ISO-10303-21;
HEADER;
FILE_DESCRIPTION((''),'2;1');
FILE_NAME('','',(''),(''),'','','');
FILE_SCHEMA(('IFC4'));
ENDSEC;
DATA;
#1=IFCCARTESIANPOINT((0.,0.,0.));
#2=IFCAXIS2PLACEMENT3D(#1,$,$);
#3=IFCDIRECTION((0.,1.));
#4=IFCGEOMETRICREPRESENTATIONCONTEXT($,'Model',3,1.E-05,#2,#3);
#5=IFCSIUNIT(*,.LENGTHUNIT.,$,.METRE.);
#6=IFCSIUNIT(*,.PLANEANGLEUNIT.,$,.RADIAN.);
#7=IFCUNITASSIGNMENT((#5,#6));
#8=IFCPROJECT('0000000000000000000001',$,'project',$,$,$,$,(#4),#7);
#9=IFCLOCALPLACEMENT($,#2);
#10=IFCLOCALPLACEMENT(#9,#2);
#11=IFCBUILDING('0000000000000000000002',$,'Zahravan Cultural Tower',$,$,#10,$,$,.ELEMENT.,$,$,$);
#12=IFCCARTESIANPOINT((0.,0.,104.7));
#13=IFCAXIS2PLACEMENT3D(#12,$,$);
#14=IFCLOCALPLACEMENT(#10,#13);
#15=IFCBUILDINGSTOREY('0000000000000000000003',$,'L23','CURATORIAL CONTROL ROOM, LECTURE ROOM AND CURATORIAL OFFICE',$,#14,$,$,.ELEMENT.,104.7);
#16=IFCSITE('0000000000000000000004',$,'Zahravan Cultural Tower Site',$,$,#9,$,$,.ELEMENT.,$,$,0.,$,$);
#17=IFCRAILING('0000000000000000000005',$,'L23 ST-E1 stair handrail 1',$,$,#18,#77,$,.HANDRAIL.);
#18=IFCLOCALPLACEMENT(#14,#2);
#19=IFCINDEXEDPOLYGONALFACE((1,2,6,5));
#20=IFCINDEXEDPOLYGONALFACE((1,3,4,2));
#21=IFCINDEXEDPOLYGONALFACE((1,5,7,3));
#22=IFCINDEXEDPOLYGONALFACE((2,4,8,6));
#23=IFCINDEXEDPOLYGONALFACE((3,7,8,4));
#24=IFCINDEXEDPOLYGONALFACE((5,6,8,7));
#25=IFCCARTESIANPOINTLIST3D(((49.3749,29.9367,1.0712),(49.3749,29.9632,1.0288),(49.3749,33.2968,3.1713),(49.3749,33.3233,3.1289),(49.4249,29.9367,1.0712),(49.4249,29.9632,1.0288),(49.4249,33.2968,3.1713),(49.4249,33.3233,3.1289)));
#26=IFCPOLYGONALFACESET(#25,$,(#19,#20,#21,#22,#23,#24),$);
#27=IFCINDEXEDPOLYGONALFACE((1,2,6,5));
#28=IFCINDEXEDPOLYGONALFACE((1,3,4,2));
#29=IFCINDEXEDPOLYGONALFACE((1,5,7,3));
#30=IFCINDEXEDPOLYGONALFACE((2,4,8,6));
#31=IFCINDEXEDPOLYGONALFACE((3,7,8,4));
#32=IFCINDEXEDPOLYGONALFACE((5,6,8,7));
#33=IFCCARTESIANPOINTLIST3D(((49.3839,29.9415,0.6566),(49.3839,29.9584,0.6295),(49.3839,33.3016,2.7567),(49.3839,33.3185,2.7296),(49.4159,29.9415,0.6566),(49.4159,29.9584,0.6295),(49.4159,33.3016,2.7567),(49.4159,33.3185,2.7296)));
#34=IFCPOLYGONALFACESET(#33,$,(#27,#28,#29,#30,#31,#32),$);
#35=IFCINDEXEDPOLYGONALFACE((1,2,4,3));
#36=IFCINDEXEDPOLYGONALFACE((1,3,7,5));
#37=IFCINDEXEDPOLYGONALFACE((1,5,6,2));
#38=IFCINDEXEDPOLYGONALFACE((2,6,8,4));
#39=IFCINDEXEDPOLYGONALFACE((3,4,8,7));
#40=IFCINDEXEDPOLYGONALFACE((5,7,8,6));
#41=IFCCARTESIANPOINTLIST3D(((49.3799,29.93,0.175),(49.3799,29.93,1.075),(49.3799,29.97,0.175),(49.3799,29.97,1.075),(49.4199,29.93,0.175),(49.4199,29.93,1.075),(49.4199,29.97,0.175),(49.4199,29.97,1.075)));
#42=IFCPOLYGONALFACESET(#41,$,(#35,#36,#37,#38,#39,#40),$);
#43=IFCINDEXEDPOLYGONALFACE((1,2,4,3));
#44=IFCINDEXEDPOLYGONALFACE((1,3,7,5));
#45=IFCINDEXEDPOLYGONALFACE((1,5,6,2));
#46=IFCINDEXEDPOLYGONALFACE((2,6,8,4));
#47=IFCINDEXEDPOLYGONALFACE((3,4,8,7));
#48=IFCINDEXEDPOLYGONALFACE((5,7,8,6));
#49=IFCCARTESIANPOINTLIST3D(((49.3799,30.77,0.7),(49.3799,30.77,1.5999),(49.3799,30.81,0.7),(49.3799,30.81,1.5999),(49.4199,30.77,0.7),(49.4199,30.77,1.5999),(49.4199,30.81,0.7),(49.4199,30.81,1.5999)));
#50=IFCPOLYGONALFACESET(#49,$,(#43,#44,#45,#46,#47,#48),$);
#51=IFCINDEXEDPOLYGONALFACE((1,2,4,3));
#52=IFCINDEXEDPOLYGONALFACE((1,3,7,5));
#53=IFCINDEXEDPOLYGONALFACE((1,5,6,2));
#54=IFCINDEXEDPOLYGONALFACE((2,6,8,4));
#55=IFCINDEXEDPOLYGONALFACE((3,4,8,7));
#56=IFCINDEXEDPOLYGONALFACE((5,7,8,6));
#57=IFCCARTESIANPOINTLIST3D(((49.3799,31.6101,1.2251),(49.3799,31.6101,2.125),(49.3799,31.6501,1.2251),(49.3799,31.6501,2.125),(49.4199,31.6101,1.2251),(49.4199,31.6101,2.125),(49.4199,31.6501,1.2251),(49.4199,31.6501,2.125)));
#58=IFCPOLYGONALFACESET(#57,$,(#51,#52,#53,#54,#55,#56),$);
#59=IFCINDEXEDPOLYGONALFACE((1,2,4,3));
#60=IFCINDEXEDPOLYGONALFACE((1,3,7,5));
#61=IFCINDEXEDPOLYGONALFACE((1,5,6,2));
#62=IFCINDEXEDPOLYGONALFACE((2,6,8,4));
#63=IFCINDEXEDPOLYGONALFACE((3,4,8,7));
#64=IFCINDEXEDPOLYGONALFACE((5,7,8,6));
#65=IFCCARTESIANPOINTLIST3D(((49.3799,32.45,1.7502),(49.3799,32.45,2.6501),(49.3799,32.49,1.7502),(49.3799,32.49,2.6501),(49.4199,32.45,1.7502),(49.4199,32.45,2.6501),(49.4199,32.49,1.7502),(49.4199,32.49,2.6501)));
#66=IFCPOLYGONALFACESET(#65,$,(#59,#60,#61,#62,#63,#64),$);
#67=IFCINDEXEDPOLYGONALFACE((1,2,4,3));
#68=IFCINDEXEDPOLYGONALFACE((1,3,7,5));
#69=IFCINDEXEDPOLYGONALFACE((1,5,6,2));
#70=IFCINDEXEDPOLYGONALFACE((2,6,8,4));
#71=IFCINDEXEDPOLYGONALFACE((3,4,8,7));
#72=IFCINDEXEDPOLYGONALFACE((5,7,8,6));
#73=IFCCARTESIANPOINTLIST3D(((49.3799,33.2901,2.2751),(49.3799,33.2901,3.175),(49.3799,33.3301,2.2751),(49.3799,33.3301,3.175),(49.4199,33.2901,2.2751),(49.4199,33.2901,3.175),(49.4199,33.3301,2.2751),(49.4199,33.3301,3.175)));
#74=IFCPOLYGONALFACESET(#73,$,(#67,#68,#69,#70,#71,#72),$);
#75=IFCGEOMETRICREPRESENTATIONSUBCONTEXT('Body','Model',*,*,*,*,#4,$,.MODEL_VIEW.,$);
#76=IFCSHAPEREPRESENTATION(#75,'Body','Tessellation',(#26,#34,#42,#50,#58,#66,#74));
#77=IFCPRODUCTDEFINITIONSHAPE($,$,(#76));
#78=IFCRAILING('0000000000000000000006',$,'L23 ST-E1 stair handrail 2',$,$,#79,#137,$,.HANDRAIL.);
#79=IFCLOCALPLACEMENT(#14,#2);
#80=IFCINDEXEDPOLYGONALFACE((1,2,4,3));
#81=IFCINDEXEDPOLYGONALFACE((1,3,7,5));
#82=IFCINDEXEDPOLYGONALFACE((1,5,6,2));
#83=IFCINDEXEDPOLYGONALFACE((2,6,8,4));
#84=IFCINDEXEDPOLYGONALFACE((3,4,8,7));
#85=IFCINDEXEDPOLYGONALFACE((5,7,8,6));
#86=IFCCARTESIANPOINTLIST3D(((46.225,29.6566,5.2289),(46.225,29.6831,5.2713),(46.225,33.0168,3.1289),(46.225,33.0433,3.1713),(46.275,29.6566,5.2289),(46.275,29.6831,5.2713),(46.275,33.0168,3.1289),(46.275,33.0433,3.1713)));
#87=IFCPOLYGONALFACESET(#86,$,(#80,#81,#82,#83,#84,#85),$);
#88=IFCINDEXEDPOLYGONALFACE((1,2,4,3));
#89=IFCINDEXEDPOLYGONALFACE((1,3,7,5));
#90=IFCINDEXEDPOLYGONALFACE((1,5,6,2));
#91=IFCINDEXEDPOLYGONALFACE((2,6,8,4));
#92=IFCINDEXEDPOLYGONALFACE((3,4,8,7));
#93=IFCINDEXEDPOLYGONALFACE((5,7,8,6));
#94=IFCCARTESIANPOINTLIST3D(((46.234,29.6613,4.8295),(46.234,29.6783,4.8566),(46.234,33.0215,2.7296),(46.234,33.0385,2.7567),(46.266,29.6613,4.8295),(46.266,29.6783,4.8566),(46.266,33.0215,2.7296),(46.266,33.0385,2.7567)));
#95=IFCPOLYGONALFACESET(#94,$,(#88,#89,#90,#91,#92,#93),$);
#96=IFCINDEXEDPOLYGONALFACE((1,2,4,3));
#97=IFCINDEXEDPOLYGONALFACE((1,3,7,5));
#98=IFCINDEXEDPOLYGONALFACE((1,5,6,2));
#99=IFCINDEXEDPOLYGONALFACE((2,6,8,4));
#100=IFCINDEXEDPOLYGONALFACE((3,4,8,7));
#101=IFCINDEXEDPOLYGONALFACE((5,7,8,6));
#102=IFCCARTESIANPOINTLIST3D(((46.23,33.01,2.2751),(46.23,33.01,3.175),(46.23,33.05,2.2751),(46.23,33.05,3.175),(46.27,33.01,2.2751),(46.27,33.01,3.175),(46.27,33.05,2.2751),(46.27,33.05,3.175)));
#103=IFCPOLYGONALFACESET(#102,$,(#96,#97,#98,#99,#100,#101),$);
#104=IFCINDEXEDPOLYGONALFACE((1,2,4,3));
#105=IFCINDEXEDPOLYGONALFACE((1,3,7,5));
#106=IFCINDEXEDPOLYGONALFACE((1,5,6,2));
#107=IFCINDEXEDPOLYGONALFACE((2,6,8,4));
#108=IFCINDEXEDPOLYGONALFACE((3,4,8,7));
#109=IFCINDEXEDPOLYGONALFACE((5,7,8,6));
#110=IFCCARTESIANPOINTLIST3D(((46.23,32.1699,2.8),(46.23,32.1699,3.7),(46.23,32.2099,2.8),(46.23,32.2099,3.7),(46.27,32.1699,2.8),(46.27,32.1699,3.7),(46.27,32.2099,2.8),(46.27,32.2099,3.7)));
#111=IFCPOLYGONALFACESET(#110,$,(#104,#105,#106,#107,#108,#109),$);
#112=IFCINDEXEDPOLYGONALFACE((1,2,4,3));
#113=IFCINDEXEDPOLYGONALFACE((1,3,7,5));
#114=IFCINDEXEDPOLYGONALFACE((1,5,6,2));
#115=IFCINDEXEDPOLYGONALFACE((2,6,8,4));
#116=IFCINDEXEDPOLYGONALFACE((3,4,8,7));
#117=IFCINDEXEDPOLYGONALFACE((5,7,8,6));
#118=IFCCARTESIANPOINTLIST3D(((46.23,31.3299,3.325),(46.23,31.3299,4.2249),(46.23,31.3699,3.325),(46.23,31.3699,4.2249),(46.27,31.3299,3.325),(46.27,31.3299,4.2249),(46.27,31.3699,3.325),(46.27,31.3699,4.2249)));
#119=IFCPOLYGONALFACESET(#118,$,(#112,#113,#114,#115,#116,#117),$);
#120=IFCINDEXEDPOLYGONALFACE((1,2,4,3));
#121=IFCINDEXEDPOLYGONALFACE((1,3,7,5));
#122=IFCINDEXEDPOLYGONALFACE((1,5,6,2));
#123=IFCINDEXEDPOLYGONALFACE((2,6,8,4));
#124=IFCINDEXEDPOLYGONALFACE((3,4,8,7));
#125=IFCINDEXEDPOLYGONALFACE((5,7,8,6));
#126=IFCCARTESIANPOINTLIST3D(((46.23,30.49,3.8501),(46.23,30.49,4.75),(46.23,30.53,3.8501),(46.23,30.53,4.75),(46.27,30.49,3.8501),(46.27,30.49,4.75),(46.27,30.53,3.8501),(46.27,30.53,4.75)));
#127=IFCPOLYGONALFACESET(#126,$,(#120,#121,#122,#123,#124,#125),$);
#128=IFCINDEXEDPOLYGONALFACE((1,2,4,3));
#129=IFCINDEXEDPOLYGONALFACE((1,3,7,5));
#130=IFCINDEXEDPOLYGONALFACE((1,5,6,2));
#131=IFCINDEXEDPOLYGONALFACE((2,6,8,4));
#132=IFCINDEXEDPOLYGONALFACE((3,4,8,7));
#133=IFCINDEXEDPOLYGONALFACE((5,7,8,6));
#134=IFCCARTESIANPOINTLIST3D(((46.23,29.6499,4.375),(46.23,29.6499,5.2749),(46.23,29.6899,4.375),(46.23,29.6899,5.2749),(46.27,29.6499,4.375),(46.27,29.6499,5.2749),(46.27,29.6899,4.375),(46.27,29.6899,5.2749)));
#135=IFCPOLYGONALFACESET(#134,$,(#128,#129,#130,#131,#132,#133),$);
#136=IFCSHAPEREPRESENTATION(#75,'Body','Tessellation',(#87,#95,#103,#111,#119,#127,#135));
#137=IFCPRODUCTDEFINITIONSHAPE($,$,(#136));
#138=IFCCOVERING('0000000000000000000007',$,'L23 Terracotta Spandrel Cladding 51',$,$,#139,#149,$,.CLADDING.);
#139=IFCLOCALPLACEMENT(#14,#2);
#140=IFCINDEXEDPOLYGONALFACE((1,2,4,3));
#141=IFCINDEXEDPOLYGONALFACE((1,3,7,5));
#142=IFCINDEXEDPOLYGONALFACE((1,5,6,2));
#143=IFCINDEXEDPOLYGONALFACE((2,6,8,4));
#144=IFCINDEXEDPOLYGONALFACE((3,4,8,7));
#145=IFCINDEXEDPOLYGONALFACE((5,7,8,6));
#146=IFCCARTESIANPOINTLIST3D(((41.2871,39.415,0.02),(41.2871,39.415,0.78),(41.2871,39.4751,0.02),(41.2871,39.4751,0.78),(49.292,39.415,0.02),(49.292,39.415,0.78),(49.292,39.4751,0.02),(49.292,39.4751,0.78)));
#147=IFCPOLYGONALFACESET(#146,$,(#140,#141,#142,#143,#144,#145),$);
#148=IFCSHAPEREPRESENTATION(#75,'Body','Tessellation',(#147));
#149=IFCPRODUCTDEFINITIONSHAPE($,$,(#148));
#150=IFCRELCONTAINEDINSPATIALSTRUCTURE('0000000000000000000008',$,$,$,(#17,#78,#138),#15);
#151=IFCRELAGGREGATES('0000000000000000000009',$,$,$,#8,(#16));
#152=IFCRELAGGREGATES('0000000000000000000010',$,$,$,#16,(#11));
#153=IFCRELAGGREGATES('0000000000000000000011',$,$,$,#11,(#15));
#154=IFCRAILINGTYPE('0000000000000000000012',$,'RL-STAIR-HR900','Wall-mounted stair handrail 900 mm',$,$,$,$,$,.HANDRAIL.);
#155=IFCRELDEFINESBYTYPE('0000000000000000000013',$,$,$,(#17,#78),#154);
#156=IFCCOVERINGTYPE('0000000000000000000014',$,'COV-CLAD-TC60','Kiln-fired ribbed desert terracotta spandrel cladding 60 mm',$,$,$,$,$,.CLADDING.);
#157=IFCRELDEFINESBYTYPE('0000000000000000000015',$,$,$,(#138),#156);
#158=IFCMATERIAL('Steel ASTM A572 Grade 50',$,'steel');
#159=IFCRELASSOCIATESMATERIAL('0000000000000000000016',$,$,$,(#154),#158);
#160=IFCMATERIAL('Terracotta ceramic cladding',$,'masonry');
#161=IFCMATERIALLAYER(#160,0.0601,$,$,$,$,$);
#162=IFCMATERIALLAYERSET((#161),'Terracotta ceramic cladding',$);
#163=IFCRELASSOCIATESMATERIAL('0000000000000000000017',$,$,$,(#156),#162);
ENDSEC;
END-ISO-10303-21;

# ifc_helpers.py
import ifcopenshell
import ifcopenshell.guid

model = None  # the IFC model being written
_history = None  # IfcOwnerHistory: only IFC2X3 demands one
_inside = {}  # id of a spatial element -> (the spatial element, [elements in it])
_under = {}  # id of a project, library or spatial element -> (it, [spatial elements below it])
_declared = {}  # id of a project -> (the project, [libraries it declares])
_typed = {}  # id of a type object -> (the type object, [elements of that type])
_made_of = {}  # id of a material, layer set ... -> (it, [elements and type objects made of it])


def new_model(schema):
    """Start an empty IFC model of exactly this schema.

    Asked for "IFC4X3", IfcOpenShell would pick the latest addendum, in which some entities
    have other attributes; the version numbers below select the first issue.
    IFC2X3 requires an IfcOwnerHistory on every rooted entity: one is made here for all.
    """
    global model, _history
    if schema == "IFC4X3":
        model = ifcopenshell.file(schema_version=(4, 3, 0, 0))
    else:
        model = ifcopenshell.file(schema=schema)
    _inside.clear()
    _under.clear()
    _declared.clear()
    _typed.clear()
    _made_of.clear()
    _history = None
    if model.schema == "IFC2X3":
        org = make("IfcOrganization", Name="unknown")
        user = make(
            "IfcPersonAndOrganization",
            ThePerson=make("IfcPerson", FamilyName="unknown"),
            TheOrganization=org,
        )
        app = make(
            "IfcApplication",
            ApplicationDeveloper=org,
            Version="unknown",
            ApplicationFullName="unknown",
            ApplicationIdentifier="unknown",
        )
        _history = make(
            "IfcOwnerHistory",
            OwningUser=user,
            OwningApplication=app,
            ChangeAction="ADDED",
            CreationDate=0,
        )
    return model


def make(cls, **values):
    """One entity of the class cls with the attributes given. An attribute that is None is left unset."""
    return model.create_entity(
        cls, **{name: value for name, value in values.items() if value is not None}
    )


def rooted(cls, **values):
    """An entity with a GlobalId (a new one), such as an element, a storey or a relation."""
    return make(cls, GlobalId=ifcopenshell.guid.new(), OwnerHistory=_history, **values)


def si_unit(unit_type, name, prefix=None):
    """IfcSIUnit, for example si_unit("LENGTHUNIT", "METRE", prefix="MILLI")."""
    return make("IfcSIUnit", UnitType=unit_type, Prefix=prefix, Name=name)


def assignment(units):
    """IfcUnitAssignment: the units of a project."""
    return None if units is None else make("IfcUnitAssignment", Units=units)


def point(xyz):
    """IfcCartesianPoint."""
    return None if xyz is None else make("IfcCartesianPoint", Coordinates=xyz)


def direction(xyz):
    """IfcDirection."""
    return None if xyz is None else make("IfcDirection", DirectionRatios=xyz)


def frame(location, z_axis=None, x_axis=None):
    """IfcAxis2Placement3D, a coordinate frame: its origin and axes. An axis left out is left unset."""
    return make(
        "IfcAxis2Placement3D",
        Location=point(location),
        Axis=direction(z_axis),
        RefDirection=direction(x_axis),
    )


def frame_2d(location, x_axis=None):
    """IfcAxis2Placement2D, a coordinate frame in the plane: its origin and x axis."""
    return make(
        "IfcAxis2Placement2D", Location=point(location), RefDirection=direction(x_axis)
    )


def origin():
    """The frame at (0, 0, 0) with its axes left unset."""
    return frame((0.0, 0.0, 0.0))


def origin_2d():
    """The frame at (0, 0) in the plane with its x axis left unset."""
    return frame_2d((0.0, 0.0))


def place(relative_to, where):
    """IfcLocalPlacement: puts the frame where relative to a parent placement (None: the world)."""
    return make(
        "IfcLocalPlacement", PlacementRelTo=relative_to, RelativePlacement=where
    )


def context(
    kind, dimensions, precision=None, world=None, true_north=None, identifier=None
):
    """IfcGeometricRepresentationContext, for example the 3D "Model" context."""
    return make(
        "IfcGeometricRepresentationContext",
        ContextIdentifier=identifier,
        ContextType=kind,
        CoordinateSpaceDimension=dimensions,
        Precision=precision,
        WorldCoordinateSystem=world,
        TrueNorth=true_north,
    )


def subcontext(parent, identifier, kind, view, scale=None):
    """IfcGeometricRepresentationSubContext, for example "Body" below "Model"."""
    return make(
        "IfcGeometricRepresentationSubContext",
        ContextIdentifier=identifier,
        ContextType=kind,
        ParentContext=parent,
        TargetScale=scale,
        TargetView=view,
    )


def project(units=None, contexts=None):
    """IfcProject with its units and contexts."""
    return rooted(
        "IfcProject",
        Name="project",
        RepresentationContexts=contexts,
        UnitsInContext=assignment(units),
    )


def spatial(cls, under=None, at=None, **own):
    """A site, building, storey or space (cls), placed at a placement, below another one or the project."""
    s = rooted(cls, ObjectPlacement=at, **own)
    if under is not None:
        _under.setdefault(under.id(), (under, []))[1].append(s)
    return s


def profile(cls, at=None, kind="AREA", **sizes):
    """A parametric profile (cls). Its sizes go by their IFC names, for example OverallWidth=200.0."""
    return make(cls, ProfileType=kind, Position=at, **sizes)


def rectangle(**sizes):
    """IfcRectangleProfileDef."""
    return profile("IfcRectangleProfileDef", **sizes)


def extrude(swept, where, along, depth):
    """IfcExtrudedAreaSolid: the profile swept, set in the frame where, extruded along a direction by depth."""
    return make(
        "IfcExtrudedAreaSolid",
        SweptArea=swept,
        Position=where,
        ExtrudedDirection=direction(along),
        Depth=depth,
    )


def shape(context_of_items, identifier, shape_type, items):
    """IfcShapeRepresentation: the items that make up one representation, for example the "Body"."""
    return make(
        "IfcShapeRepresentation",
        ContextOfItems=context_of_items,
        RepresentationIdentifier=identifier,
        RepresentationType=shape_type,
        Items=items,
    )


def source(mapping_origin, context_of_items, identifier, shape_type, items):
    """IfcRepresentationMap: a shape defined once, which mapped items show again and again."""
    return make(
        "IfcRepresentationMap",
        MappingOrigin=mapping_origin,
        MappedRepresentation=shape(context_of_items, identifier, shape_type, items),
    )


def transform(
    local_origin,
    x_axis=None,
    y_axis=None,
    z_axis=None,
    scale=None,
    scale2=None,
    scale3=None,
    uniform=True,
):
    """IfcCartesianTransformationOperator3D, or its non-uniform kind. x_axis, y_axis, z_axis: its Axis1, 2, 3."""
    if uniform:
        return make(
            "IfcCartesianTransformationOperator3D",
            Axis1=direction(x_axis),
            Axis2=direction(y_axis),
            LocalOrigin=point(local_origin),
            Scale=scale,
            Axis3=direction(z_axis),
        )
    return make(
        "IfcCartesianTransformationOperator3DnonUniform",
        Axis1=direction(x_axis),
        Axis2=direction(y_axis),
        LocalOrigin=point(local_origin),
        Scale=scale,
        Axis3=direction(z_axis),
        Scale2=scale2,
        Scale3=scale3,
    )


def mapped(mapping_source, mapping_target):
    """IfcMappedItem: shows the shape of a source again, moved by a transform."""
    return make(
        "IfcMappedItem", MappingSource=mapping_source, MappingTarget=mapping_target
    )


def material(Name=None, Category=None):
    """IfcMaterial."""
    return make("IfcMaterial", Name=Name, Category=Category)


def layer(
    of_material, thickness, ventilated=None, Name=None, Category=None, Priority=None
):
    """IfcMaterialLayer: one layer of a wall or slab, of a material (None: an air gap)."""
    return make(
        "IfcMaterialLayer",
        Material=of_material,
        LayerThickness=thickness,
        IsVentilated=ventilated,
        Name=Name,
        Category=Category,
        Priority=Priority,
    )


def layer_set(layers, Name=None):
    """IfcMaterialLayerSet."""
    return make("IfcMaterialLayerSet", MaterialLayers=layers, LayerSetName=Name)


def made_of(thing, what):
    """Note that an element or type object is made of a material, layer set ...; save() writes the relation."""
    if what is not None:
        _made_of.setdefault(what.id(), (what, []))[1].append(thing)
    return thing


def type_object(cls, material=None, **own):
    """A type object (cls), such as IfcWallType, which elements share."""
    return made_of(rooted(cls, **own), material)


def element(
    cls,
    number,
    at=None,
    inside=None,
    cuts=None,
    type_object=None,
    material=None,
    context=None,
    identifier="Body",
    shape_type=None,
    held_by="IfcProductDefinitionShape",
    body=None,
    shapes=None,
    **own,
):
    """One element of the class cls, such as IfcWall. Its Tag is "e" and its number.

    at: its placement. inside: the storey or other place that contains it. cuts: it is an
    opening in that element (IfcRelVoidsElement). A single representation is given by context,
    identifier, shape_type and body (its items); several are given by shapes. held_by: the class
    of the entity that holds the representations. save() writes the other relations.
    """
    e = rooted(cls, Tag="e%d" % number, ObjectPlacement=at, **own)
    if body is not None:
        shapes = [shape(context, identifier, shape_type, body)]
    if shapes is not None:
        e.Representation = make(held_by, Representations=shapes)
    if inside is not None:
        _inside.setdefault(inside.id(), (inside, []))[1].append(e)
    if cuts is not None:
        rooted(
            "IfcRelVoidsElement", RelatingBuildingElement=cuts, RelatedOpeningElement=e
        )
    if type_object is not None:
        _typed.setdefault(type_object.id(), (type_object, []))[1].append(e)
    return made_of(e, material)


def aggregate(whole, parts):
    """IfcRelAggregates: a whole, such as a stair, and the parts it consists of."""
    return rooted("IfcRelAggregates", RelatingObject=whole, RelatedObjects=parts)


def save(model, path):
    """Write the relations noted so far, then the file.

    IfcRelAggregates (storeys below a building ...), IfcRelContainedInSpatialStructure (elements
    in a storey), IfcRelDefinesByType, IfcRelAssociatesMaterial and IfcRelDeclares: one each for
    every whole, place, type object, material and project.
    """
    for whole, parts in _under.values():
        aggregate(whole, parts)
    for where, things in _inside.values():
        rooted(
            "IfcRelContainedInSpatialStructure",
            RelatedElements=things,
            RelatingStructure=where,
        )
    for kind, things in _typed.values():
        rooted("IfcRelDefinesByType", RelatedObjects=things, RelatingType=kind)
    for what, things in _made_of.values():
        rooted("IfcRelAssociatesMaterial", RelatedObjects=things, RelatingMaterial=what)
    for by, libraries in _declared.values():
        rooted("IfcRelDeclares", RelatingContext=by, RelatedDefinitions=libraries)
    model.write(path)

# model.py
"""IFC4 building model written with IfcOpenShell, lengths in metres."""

from ifc_helpers import new_model, si_unit, direction, frame, origin, origin_2d, place, context, subcontext, project, spatial, rectangle, extrude, source, transform, mapped, material, layer, layer_set, type_object, element, save


model = new_model("IFC4")

# Units and contexts
model_context = context("Model", 3, precision=1e-05, world=origin(), true_north=direction((0.0, 1.0)))
body_context = subcontext(model_context, "Body", "Model", "MODEL_VIEW")
ifc_project = project(units=[si_unit("LENGTHUNIT", "METRE"), si_unit("PLANEANGLEUNIT", "RADIAN")], contexts=[model_context])

# Site, building, storey
site_placement = place(None, origin())
site = spatial("IfcSite", under=ifc_project, at=site_placement, Name="Zahravan Cultural Tower Site", CompositionType="ELEMENT", RefElevation=0.0)
building_placement = place(site_placement, origin())
building = spatial("IfcBuilding", under=site, at=building_placement, Name="Zahravan Cultural Tower", CompositionType="ELEMENT")
storey_placement = place(building_placement, frame((0.0, 0.0, 104.7)))
storey = spatial("IfcBuildingStorey", under=building, at=storey_placement, Name="L23", Description="CURATORIAL CONTROL ROOM, LECTURE ROOM AND CURATORIAL OFFICE", CompositionType="ELEMENT", Elevation=104.7)

# Shared definitions
ifc_material_1 = material(Name="Steel ASTM A572 Grade 50", Category="steel")

# Railings
railing_type_1 = type_object("IfcRailingType", Name="RL-STAIR-HR900", Description="Wall-mounted stair handrail 900 mm", PredefinedType="HANDRAIL", material=ifc_material_1)
railing_1_placement = place(storey_placement, frame((49.3999, 29.95, 0.175)))
element("IfcRailing", 1, at=railing_1_placement, inside=storey, type_object=railing_type_1, Name="L23 ST-E1 stair handrail 1", PredefinedType="HANDRAIL", context=body_context, shape_type="SweptSolid", body=[
    extrude(rectangle(XDim=0.05, YDim=0.05, at=origin_2d()), frame((0.0, 0.0, 0.875), z_axis=(0.0, 0.847995, 0.530004), x_axis=(-1.0, 0.0, 0.0)), (0.0, 0.0, 1.0), 3.9624),
    extrude(rectangle(XDim=0.032, YDim=0.032, at=origin_2d()), frame((0.0, 0.0, 0.468), z_axis=(0.0, 0.847995, 0.530004), x_axis=(-1.0, 0.0, 0.0)), (0.0, 0.0, 1.0), 3.9624),
    extrude(rectangle(XDim=0.04, YDim=0.04, at=origin_2d()), origin(), (0.0, 0.0, 1.0), 0.8999),
    extrude(rectangle(XDim=0.04, YDim=0.04, at=origin_2d()), frame((0.0, 0.8401, 0.5249)), (0.0, 0.0, 1.0), 0.8999),
    extrude(rectangle(XDim=0.04, YDim=0.04, at=origin_2d()), frame((0.0, 1.6802, 1.05)), (0.0, 0.0, 1.0), 0.8999),
    extrude(rectangle(XDim=0.04, YDim=0.04, at=origin_2d()), frame((0.0, 2.52, 1.5752)), (0.0, 0.0, 1.0), 0.8999),
    extrude(rectangle(XDim=0.04, YDim=0.04, at=origin_2d()), frame((0.0, 3.3601, 2.1001)), (0.0, 0.0, 1.0), 0.8999),
])
railing_2_placement = place(storey_placement, frame((46.25, 33.03, 2.2751)))
element("IfcRailing", 2, at=railing_2_placement, inside=storey, type_object=railing_type_1, Name="L23 ST-E1 stair handrail 2", PredefinedType="HANDRAIL", context=body_context, shape_type="SweptSolid", body=[
    extrude(rectangle(XDim=0.05, YDim=0.05, at=origin_2d()), frame((0.0, 0.0, 0.875), z_axis=(0.0, -0.848023, 0.52996), x_axis=(1.0, 0.0, 0.0)), (0.0, 0.0, 1.0), 3.9624),
    extrude(rectangle(XDim=0.032, YDim=0.032, at=origin_2d()), frame((0.0, 0.0, 0.468), z_axis=(0.0, -0.848023, 0.52996), x_axis=(1.0, 0.0, 0.0)), (0.0, 0.0, 1.0), 3.9624),
    extrude(rectangle(XDim=0.04, YDim=0.04, at=origin_2d()), origin(), (0.0, 0.0, 1.0), 0.8999),
    extrude(rectangle(XDim=0.04, YDim=0.04, at=origin_2d()), frame((0.0, -0.8401, 0.5249)), (0.0, 0.0, 1.0), 0.8999),
    extrude(rectangle(XDim=0.04, YDim=0.04, at=origin_2d()), frame((0.0, -1.6802, 1.0498)), (0.0, 0.0, 1.0), 0.8999),
    extrude(rectangle(XDim=0.04, YDim=0.04, at=origin_2d()), frame((0.0, -2.52, 1.575)), (0.0, 0.0, 1.0), 0.8999),
    extrude(rectangle(XDim=0.04, YDim=0.04, at=origin_2d()), frame((0.0, -3.3601, 2.0999)), (0.0, 0.0, 1.0), 0.8999),
])

# Covering
ifc_material_2 = material(Name="Terracotta ceramic cladding", Category="masonry")
ifc_layer_1 = layer(ifc_material_2, 0.0601)
ifc_layer_set_1 = layer_set([ifc_layer_1], Name="Terracotta ceramic cladding")
covering_type = type_object("IfcCoveringType", Name="COV-CLAD-TC60", Description="Kiln-fired ribbed desert terracotta spandrel cladding 60 mm", PredefinedType="CLADDING", material=ifc_layer_set_1)
shared_shape_1 = source(origin(), body_context, "Body", "SweptSolid", [
    extrude(rectangle(XDim=8.0049, YDim=0.0601, at=origin_2d()), origin(), (0.0, 0.0, 1.0), 0.76),
])
covering_placement = place(storey_placement, frame((45.2896, 39.4451, 0.02), z_axis=(0.0, 0.0, 1.0), x_axis=(1.0, 0.0, 0.0)))
element("IfcCovering", 3, at=covering_placement, inside=storey, type_object=covering_type, Name="L23 Terracotta Spandrel Cladding 51", PredefinedType="CLADDING", context=body_context, shape_type="MappedRepresentation", body=[
    mapped(shared_shape_1, transform((0.0, 0.0, 0.0), x_axis=(1.0, 0.0, 0.0), y_axis=(0.0, 1.0, 0.0), z_axis=(0.0, 0.0, 1.0), scale=1.0)),
])

save(model, "model.ifc")
